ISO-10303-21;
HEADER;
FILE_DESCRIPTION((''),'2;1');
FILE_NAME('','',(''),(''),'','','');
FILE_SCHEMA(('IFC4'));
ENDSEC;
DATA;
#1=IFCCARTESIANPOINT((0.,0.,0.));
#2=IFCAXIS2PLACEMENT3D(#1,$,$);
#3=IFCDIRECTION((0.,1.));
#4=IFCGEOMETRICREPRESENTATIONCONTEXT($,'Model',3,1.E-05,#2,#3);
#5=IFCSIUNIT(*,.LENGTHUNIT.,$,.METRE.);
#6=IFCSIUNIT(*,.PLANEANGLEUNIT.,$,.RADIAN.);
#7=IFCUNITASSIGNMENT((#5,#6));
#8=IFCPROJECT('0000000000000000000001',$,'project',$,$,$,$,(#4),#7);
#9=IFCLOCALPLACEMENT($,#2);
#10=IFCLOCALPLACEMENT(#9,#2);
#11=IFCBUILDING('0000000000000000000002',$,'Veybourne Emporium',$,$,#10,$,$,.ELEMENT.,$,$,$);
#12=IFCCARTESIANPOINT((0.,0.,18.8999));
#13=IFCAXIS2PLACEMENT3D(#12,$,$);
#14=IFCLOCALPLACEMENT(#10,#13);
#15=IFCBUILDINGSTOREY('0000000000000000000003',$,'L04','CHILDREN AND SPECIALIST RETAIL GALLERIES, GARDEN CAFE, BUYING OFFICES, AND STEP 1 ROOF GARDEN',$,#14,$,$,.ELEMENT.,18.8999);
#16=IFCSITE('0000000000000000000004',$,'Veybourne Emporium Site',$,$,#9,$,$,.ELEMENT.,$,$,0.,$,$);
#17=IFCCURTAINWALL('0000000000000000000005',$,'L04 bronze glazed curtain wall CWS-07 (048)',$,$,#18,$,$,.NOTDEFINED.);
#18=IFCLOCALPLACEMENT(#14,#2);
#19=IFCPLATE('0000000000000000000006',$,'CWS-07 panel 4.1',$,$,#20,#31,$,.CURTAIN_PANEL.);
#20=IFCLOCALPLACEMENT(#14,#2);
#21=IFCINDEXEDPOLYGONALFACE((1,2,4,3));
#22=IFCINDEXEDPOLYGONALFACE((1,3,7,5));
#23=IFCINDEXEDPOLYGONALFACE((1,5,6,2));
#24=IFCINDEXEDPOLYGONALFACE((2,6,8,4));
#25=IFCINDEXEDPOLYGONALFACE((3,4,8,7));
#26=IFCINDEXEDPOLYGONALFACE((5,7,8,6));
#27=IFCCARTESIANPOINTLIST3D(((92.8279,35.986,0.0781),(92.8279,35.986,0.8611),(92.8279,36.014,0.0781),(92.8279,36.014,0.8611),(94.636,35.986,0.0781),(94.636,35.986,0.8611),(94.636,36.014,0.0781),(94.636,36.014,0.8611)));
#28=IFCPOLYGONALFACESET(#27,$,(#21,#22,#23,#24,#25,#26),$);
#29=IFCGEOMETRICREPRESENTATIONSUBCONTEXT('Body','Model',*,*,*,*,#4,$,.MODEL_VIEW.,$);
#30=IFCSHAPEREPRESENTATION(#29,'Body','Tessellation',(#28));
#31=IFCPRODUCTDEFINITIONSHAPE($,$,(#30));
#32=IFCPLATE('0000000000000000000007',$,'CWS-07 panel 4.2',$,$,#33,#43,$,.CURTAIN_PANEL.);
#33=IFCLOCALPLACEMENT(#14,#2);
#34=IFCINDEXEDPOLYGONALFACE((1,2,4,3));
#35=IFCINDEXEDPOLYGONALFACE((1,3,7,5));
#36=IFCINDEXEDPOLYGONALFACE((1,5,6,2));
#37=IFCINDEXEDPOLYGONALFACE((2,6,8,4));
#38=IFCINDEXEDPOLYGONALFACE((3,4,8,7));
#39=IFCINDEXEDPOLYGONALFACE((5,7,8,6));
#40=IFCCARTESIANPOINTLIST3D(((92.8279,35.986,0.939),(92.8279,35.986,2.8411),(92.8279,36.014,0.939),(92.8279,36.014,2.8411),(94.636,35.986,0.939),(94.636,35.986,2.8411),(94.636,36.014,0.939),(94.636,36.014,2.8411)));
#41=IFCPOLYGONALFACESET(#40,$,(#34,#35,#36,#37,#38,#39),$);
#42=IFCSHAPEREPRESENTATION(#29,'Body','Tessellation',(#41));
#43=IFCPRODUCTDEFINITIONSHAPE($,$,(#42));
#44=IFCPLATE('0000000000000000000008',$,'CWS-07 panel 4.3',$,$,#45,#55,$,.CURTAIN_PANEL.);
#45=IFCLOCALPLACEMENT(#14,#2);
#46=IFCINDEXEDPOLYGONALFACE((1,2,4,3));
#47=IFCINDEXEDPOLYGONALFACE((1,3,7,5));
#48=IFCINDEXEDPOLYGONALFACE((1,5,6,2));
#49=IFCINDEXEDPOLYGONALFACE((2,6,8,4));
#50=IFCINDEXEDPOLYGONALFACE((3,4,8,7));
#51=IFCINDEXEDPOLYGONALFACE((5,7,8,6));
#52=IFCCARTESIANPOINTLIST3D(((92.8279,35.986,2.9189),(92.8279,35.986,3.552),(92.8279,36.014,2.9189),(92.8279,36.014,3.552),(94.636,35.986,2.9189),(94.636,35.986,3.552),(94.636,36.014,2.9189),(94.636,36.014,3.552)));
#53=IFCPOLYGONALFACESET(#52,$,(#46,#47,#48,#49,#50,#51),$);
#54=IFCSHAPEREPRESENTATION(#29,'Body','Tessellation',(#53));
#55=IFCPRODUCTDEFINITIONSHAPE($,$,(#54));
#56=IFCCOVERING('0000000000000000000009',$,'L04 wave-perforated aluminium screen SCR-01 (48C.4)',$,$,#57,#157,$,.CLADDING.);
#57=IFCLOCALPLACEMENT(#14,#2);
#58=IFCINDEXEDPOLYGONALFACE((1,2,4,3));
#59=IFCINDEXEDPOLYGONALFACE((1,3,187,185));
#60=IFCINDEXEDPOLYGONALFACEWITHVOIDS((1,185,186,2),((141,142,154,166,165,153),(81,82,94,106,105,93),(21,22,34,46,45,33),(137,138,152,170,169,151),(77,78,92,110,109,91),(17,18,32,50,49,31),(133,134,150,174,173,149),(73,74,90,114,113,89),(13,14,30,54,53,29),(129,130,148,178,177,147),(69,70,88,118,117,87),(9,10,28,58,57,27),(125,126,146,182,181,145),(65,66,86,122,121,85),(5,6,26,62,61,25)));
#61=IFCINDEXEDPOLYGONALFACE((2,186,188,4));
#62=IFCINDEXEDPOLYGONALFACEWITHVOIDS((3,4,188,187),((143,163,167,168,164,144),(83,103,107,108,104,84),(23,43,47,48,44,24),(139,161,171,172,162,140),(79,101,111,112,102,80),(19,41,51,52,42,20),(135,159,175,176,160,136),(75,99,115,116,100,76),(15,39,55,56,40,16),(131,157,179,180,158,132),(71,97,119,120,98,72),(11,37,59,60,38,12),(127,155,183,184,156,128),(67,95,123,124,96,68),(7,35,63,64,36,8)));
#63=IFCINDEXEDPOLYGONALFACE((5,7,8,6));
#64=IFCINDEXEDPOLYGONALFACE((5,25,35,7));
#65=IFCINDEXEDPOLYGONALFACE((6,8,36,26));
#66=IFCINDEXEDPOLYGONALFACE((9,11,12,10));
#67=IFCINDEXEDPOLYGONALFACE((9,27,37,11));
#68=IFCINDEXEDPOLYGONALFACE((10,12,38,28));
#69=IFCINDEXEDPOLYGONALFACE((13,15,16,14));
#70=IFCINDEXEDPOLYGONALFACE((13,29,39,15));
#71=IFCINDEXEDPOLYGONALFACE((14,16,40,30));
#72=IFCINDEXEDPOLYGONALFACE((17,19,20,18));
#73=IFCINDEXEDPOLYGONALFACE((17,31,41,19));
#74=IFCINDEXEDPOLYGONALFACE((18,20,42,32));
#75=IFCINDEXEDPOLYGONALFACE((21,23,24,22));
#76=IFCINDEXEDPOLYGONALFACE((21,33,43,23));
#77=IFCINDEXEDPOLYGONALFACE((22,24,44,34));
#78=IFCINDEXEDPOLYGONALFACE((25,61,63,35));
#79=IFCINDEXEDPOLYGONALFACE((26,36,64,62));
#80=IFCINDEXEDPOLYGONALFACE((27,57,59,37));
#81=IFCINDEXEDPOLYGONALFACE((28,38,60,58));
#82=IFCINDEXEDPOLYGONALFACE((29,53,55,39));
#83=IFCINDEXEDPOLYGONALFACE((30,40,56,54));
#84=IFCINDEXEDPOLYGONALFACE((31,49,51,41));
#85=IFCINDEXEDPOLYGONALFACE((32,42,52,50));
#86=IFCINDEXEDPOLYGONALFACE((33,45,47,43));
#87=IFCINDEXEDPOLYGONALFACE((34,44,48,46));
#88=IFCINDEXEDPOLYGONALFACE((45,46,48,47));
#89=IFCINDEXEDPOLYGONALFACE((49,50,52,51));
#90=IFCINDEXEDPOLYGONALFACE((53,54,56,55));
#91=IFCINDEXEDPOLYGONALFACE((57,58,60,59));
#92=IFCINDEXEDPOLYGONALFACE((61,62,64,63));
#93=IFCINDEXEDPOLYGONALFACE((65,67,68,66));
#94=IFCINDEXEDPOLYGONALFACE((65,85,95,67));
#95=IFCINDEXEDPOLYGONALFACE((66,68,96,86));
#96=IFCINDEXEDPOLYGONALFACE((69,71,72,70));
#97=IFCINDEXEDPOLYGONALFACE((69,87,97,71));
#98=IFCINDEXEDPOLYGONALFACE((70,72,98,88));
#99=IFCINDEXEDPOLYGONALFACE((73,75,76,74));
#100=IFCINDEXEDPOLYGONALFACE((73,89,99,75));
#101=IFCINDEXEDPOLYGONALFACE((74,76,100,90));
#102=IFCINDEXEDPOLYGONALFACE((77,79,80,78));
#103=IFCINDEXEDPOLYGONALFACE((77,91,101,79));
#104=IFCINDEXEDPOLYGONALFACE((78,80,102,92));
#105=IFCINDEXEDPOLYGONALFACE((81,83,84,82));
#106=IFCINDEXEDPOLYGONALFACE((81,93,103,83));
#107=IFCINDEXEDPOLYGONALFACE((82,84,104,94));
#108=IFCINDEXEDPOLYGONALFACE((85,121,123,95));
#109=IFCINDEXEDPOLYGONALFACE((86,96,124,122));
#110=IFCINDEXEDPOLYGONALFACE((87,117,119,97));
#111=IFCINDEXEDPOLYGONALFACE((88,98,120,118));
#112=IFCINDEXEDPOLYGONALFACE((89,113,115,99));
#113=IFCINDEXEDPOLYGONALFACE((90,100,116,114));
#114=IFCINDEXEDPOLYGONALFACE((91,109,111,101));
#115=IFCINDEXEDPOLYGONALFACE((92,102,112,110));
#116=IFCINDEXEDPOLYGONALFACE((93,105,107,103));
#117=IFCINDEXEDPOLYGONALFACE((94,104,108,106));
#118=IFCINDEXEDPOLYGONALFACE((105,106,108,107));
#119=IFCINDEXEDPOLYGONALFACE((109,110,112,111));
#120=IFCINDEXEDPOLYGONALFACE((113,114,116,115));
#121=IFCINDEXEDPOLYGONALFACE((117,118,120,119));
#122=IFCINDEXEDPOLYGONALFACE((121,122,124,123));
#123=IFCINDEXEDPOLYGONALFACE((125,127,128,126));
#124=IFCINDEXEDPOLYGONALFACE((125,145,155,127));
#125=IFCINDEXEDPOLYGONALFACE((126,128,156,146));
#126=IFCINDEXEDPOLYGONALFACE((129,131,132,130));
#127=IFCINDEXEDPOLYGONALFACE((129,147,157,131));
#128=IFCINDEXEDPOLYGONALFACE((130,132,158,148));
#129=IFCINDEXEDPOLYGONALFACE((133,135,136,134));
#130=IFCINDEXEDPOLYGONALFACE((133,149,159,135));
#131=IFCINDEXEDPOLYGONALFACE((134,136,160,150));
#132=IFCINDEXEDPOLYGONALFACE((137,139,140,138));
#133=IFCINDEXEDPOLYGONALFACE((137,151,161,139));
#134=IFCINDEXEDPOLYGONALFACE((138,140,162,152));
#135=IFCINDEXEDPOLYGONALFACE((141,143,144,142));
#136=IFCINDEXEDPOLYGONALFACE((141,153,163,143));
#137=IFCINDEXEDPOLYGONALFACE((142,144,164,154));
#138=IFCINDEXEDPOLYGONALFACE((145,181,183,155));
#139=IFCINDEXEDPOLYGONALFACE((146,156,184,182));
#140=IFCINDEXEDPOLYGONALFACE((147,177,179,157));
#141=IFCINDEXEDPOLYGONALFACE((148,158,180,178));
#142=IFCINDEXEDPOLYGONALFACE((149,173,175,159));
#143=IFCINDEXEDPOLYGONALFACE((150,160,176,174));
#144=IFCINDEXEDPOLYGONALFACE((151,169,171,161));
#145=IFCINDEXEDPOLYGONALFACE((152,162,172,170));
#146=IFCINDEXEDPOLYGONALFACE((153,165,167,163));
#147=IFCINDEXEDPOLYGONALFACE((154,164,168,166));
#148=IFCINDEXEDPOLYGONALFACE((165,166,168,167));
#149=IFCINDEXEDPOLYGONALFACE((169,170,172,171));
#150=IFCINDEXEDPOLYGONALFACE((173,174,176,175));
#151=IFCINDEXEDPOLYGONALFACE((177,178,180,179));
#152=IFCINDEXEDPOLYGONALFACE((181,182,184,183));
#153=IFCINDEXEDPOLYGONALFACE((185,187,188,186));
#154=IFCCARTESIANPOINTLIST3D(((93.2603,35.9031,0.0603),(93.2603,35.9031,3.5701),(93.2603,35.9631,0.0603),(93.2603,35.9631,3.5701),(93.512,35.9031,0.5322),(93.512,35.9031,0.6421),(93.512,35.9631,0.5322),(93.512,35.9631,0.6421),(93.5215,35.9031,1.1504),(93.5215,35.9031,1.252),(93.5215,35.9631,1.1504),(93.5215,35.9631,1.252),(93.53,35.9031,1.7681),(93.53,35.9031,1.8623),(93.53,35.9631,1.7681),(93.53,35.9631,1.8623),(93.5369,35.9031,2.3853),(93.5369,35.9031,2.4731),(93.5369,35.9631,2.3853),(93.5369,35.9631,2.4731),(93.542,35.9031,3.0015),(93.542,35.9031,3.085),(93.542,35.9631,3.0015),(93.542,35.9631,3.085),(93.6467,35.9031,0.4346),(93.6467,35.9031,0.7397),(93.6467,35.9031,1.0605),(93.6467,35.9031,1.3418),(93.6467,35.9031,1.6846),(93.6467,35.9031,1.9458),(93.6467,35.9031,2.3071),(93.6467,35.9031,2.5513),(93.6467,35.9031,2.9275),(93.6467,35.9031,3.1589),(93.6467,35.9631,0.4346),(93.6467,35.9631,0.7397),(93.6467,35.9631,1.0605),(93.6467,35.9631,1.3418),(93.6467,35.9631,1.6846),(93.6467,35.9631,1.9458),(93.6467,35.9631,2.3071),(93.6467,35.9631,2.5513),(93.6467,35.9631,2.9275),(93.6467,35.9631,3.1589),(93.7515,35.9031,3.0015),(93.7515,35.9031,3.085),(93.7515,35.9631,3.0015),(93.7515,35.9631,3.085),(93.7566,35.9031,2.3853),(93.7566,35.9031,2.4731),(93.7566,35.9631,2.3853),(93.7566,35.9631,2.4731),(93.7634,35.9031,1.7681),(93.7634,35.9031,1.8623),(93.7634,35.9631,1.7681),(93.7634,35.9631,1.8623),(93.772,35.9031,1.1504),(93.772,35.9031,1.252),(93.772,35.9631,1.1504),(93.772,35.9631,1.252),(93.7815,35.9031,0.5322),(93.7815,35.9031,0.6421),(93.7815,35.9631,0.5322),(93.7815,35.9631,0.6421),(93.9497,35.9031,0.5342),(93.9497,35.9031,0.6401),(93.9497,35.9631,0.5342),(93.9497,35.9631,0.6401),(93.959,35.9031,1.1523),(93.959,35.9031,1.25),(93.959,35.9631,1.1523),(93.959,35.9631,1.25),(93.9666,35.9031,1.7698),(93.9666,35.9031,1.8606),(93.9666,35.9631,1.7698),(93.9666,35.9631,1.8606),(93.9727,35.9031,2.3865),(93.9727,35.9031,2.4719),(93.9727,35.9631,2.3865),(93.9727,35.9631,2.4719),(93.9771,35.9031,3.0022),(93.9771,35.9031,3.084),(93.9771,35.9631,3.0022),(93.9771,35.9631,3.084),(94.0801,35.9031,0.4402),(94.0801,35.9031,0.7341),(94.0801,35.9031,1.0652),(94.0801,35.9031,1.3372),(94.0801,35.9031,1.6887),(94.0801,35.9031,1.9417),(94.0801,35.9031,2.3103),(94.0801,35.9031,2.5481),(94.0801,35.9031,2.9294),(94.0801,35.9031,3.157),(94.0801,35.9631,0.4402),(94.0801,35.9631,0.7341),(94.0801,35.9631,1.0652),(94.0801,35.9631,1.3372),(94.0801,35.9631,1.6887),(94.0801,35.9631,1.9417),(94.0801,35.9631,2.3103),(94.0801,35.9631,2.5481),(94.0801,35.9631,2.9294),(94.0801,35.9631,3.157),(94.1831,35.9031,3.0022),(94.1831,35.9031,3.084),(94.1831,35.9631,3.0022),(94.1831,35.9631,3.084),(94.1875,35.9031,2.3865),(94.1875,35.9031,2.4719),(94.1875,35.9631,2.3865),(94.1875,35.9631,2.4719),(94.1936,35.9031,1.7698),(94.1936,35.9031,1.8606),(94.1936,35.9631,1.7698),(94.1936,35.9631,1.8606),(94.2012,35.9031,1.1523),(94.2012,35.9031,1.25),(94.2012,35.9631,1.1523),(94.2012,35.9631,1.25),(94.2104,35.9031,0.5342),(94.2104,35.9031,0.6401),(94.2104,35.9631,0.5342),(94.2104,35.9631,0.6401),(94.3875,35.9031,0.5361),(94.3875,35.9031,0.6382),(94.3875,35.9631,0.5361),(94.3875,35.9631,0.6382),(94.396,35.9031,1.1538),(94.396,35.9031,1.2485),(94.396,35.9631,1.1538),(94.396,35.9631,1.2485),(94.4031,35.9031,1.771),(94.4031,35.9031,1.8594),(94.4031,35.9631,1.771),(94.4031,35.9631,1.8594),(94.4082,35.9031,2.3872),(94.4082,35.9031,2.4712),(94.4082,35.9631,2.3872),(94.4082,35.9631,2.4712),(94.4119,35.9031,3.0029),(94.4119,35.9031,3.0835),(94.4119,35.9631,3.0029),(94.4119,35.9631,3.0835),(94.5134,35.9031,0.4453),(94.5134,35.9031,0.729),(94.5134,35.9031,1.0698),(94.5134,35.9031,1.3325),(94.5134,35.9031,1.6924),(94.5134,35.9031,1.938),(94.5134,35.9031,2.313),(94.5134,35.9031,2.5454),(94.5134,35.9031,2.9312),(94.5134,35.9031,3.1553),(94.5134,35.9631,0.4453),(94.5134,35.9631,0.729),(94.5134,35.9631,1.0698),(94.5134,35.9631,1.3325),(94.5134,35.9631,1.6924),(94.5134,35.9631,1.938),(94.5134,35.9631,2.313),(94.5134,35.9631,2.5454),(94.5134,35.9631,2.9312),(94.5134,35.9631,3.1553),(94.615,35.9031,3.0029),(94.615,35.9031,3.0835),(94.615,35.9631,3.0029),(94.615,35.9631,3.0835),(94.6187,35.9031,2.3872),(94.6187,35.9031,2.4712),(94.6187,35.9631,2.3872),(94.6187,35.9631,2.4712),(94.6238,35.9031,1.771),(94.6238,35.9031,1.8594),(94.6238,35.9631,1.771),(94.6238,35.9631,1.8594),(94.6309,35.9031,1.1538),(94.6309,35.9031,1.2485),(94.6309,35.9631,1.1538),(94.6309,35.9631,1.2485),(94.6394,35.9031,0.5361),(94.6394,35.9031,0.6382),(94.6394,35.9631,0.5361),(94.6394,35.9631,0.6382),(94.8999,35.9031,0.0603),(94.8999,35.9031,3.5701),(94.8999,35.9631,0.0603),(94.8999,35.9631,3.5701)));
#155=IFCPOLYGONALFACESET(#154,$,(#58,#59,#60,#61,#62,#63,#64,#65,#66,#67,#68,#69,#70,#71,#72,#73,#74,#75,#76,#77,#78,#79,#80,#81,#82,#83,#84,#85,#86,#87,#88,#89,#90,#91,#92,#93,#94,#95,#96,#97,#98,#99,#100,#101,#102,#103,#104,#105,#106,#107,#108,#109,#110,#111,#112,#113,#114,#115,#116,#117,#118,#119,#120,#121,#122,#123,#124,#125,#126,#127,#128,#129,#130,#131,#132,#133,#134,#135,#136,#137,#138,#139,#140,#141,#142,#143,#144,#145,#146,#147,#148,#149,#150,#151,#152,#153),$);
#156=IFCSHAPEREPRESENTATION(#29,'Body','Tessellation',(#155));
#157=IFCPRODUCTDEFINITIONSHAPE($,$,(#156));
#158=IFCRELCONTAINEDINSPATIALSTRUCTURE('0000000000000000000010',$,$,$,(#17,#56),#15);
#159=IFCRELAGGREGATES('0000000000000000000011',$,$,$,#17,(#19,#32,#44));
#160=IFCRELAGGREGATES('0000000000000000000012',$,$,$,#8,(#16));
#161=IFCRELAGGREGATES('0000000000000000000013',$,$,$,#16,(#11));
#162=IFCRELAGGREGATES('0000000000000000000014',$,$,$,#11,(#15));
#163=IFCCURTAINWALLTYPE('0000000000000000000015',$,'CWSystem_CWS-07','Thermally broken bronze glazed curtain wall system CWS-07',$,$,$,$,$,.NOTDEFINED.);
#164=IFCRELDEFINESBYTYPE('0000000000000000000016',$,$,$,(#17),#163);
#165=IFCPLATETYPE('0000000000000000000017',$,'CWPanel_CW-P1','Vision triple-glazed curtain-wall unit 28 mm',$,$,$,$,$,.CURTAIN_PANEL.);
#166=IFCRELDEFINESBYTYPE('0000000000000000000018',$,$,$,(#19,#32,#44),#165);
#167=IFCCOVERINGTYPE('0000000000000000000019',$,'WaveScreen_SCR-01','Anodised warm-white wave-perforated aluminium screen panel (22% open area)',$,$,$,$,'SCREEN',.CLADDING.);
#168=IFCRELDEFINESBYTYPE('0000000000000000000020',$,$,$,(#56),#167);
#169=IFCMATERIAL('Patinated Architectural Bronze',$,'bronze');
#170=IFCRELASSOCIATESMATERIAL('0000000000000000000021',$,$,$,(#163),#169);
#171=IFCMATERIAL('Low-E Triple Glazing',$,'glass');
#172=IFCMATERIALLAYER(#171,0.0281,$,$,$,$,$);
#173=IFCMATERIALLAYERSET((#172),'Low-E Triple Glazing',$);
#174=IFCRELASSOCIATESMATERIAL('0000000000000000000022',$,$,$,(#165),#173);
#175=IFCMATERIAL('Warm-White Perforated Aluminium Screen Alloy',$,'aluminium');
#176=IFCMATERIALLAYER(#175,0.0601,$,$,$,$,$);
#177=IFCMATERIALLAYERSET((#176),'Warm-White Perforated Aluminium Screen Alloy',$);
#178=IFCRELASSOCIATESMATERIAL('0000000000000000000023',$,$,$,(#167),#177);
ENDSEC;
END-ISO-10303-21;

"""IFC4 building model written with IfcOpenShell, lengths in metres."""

from ifc_helpers import new_model, si_unit, direction, frame, origin, origin_2d, place, context, subcontext, project, spatial, polyline, rectangle, outline, extrude, material, layer, layer_set, type_object, element, aggregate, save


model = new_model("IFC4")

# Units and contexts
model_context = context("Model", 3, precision=1e-05, world=origin(), true_north=direction((0.0, 1.0)))
body_context = subcontext(model_context, "Body", "Model", "MODEL_VIEW")
ifc_project = project(units=[si_unit("LENGTHUNIT", "METRE"), si_unit("PLANEANGLEUNIT", "RADIAN")], contexts=[model_context])

# Site, building, storey
site_placement = place(None, origin())
site = spatial("IfcSite", under=ifc_project, at=site_placement, Name="Veybourne Emporium Site", CompositionType="ELEMENT", RefElevation=0.0)
building_placement = place(site_placement, origin())
building = spatial("IfcBuilding", under=site, at=building_placement, Name="Veybourne Emporium", CompositionType="ELEMENT")
storey_placement = place(building_placement, frame((0.0, 0.0, 18.8999)))
storey = spatial("IfcBuildingStorey", under=building, at=storey_placement, Name="L04", Description="CHILDREN AND SPECIALIST RETAIL GALLERIES, GARDEN CAFE, BUYING OFFICES, AND STEP 1 ROOF GARDEN", CompositionType="ELEMENT", Elevation=18.8999)

# Shared definitions
ifc_material_1 = material(Name="Patinated Architectural Bronze", Category="bronze")

# Curtain wall
curtain_wall_type_1 = type_object("IfcCurtainWallType", Name="CWSystem_CWS-07", Description="Thermally broken bronze glazed curtain wall system CWS-07", PredefinedType="NOTDEFINED", material=ifc_material_1)
curtain_wall_1_placement = place(storey_placement, origin())
curtain_wall_1 = element("IfcCurtainWall", 1, at=curtain_wall_1_placement, inside=storey, type_object=curtain_wall_type_1, Name="L04 bronze glazed curtain wall CWS-07 (048)", PredefinedType="NOTDEFINED")

# Plates
ifc_material_2 = material(Name="Low-E Triple Glazing", Category="glass")
ifc_layer_1 = layer(ifc_material_2, 0.0281)
ifc_layer_set_1 = layer_set([ifc_layer_1], Name="Low-E Triple Glazing")
plate_type = type_object("IfcPlateType", Name="CWPanel_CW-P1", Description="Vision triple-glazed curtain-wall unit 28 mm", PredefinedType="CURTAIN_PANEL", material=ifc_layer_set_1)
plate_1_placement = place(storey_placement, frame((93.7319, 36.0, 0.0781), z_axis=(0.0, 0.0, 1.0), x_axis=(-1.0, 0.0, 0.0)))
plate_1 = element("IfcPlate", 2, at=plate_1_placement, type_object=plate_type, Name="CWS-07 panel 4.1", PredefinedType="CURTAIN_PANEL", context=body_context, shape_type="SweptSolid", body=[
    extrude(rectangle(XDim=1.8081, YDim=0.0281, at=origin_2d()), origin(), (0.0, 0.0, 1.0), 0.783),
])
plate_2_placement = place(storey_placement, frame((93.7319, 36.0, 0.939), z_axis=(0.0, 0.0, 1.0), x_axis=(-1.0, 0.0, 0.0)))
plate_2 = element("IfcPlate", 3, at=plate_2_placement, type_object=plate_type, Name="CWS-07 panel 4.2", PredefinedType="CURTAIN_PANEL", context=body_context, shape_type="SweptSolid", body=[
    extrude(rectangle(XDim=1.8081, YDim=0.0281, at=origin_2d()), origin(), (0.0, 0.0, 1.0), 1.9021),
])
plate_3_placement = place(storey_placement, frame((93.7319, 36.0, 2.9189), z_axis=(0.0, 0.0, 1.0), x_axis=(-1.0, 0.0, 0.0)))
plate_3 = element("IfcPlate", 4, at=plate_3_placement, type_object=plate_type, Name="CWS-07 panel 4.3", PredefinedType="CURTAIN_PANEL", context=body_context, shape_type="SweptSolid", body=[
    extrude(rectangle(XDim=1.8081, YDim=0.0281, at=origin_2d()), origin(), (0.0, 0.0, 1.0), 0.6331),
])
aggregate(curtain_wall_1, [plate_1, plate_2, plate_3])

# Covering
ifc_material_3 = material(Name="Warm-White Perforated Aluminium Screen Alloy", Category="aluminium")
ifc_layer_2 = layer(ifc_material_3, 0.0601)
ifc_layer_set_2 = layer_set([ifc_layer_2], Name="Warm-White Perforated Aluminium Screen Alloy")
covering_type_1 = type_object("IfcCoveringType", Name="WaveScreen_SCR-01", Description="Anodised warm-white wave-perforated aluminium screen panel (22% open area)", ElementType="SCREEN", PredefinedType="CLADDING", material=ifc_layer_set_2)
covering_1_placement = place(storey_placement, frame((94.0801, 35.9031, 1.8152), z_axis=(0.0, 1.0, 0.0), x_axis=(-1.0, 0.0, 0.0)))
element("IfcCovering", 5, at=covering_1_placement, inside=storey, type_object=covering_type_1, Name="L04 wave-perforated aluminium screen SCR-01 (48C.4)", PredefinedType="CLADDING", context=body_context, shape_type="SweptSolid", body=[
    extrude(outline(polyline([(-0.8198, -1.7549), (0.8198, -1.7549), (0.8198, 1.7549), (-0.8198, 1.7549), (-0.8198, -1.7549)]), holes=[polyline([(-0.4333, -1.0862), (-0.3074, -1.177), (-0.3074, -1.2791), (-0.4333, -1.3699), (-0.5593, -1.2791), (-0.5593, -1.177), (-0.4333, -1.0862)]), polyline([(-0.4333, -0.4827), (-0.3159, -0.5667), (-0.3159, -0.6614), (-0.4333, -0.7454), (-0.5508, -0.6614), (-0.5508, -0.5667), (-0.4333, -0.4827)]), polyline([(-0.4333, 0.1228), (-0.323, 0.0442), (-0.323, -0.0442), (-0.4333, -0.1228), (-0.5437, -0.0442), (-0.5437, 0.0442), (-0.4333, 0.1228)]), polyline([(-0.4333, 0.7302), (-0.3281, 0.656), (-0.3281, 0.572), (-0.4333, 0.4978), (-0.5386, 0.572), (-0.5386, 0.656), (-0.4333, 0.7302)]), polyline([(-0.4333, 1.3401), (-0.3318, 1.2683), (-0.3318, 1.1877), (-0.4333, 1.116), (-0.5349, 1.1877), (-0.5349, 1.2683), (-0.4333, 1.3401)]), polyline([(0.0, -1.0811), (0.1304, -1.175), (0.1304, -1.281), (0.0, -1.375), (-0.1304, -1.281), (-0.1304, -1.175), (0.0, -1.0811)]), polyline([(0.0, -0.478), (0.1211, -0.5652), (0.1211, -0.6628), (0.0, -0.75), (-0.1211, -0.6628), (-0.1211, -0.5652), (0.0, -0.478)]), polyline([(0.0, 0.1265), (0.1135, 0.0454), (0.1135, -0.0454), (0.0, -0.1265), (-0.1135, -0.0454), (-0.1135, 0.0454), (0.0, 0.1265)]), polyline([(0.0, 0.7329), (0.1074, 0.6567), (0.1074, 0.5713), (0.0, 0.4951), (-0.1074, 0.5713), (-0.1074, 0.6567), (0.0, 0.7329)]), polyline([(0.0, 1.3418), (0.103, 1.2688), (0.103, 1.187), (0.0, 1.1143), (-0.103, 1.187), (-0.103, 1.2688), (0.0, 1.3418)]), polyline([(0.4333, -1.0754), (0.5681, -1.1731), (0.5681, -1.283), (0.4333, -1.3806), (0.2986, -1.283), (0.2986, -1.1731), (0.4333, -1.0754)]), polyline([(0.4333, -0.4734), (0.5586, -0.5632), (0.5586, -0.6648), (0.4333, -0.7546), (0.3081, -0.6648), (0.3081, -0.5632), (0.4333, -0.4734)]), polyline([(0.4333, 0.1306), (0.55, 0.0471), (0.55, -0.0471), (0.4333, -0.1306), (0.3167, -0.0471), (0.3167, 0.0471), (0.4333, 0.1306)]), polyline([(0.4333, 0.7361), (0.5432, 0.658), (0.5432, 0.5701), (0.4333, 0.4919), (0.3235, 0.5701), (0.3235, 0.658), (0.4333, 0.7361)]), polyline([(0.4333, 1.3438), (0.5381, 1.2698), (0.5381, 1.1863), (0.4333, 1.1123), (0.3286, 1.1863), (0.3286, 1.2698), (0.4333, 1.3438)])]), origin(), (0.0, 0.0, 1.0), 0.0601),
])

save(model, "model.ifc")
